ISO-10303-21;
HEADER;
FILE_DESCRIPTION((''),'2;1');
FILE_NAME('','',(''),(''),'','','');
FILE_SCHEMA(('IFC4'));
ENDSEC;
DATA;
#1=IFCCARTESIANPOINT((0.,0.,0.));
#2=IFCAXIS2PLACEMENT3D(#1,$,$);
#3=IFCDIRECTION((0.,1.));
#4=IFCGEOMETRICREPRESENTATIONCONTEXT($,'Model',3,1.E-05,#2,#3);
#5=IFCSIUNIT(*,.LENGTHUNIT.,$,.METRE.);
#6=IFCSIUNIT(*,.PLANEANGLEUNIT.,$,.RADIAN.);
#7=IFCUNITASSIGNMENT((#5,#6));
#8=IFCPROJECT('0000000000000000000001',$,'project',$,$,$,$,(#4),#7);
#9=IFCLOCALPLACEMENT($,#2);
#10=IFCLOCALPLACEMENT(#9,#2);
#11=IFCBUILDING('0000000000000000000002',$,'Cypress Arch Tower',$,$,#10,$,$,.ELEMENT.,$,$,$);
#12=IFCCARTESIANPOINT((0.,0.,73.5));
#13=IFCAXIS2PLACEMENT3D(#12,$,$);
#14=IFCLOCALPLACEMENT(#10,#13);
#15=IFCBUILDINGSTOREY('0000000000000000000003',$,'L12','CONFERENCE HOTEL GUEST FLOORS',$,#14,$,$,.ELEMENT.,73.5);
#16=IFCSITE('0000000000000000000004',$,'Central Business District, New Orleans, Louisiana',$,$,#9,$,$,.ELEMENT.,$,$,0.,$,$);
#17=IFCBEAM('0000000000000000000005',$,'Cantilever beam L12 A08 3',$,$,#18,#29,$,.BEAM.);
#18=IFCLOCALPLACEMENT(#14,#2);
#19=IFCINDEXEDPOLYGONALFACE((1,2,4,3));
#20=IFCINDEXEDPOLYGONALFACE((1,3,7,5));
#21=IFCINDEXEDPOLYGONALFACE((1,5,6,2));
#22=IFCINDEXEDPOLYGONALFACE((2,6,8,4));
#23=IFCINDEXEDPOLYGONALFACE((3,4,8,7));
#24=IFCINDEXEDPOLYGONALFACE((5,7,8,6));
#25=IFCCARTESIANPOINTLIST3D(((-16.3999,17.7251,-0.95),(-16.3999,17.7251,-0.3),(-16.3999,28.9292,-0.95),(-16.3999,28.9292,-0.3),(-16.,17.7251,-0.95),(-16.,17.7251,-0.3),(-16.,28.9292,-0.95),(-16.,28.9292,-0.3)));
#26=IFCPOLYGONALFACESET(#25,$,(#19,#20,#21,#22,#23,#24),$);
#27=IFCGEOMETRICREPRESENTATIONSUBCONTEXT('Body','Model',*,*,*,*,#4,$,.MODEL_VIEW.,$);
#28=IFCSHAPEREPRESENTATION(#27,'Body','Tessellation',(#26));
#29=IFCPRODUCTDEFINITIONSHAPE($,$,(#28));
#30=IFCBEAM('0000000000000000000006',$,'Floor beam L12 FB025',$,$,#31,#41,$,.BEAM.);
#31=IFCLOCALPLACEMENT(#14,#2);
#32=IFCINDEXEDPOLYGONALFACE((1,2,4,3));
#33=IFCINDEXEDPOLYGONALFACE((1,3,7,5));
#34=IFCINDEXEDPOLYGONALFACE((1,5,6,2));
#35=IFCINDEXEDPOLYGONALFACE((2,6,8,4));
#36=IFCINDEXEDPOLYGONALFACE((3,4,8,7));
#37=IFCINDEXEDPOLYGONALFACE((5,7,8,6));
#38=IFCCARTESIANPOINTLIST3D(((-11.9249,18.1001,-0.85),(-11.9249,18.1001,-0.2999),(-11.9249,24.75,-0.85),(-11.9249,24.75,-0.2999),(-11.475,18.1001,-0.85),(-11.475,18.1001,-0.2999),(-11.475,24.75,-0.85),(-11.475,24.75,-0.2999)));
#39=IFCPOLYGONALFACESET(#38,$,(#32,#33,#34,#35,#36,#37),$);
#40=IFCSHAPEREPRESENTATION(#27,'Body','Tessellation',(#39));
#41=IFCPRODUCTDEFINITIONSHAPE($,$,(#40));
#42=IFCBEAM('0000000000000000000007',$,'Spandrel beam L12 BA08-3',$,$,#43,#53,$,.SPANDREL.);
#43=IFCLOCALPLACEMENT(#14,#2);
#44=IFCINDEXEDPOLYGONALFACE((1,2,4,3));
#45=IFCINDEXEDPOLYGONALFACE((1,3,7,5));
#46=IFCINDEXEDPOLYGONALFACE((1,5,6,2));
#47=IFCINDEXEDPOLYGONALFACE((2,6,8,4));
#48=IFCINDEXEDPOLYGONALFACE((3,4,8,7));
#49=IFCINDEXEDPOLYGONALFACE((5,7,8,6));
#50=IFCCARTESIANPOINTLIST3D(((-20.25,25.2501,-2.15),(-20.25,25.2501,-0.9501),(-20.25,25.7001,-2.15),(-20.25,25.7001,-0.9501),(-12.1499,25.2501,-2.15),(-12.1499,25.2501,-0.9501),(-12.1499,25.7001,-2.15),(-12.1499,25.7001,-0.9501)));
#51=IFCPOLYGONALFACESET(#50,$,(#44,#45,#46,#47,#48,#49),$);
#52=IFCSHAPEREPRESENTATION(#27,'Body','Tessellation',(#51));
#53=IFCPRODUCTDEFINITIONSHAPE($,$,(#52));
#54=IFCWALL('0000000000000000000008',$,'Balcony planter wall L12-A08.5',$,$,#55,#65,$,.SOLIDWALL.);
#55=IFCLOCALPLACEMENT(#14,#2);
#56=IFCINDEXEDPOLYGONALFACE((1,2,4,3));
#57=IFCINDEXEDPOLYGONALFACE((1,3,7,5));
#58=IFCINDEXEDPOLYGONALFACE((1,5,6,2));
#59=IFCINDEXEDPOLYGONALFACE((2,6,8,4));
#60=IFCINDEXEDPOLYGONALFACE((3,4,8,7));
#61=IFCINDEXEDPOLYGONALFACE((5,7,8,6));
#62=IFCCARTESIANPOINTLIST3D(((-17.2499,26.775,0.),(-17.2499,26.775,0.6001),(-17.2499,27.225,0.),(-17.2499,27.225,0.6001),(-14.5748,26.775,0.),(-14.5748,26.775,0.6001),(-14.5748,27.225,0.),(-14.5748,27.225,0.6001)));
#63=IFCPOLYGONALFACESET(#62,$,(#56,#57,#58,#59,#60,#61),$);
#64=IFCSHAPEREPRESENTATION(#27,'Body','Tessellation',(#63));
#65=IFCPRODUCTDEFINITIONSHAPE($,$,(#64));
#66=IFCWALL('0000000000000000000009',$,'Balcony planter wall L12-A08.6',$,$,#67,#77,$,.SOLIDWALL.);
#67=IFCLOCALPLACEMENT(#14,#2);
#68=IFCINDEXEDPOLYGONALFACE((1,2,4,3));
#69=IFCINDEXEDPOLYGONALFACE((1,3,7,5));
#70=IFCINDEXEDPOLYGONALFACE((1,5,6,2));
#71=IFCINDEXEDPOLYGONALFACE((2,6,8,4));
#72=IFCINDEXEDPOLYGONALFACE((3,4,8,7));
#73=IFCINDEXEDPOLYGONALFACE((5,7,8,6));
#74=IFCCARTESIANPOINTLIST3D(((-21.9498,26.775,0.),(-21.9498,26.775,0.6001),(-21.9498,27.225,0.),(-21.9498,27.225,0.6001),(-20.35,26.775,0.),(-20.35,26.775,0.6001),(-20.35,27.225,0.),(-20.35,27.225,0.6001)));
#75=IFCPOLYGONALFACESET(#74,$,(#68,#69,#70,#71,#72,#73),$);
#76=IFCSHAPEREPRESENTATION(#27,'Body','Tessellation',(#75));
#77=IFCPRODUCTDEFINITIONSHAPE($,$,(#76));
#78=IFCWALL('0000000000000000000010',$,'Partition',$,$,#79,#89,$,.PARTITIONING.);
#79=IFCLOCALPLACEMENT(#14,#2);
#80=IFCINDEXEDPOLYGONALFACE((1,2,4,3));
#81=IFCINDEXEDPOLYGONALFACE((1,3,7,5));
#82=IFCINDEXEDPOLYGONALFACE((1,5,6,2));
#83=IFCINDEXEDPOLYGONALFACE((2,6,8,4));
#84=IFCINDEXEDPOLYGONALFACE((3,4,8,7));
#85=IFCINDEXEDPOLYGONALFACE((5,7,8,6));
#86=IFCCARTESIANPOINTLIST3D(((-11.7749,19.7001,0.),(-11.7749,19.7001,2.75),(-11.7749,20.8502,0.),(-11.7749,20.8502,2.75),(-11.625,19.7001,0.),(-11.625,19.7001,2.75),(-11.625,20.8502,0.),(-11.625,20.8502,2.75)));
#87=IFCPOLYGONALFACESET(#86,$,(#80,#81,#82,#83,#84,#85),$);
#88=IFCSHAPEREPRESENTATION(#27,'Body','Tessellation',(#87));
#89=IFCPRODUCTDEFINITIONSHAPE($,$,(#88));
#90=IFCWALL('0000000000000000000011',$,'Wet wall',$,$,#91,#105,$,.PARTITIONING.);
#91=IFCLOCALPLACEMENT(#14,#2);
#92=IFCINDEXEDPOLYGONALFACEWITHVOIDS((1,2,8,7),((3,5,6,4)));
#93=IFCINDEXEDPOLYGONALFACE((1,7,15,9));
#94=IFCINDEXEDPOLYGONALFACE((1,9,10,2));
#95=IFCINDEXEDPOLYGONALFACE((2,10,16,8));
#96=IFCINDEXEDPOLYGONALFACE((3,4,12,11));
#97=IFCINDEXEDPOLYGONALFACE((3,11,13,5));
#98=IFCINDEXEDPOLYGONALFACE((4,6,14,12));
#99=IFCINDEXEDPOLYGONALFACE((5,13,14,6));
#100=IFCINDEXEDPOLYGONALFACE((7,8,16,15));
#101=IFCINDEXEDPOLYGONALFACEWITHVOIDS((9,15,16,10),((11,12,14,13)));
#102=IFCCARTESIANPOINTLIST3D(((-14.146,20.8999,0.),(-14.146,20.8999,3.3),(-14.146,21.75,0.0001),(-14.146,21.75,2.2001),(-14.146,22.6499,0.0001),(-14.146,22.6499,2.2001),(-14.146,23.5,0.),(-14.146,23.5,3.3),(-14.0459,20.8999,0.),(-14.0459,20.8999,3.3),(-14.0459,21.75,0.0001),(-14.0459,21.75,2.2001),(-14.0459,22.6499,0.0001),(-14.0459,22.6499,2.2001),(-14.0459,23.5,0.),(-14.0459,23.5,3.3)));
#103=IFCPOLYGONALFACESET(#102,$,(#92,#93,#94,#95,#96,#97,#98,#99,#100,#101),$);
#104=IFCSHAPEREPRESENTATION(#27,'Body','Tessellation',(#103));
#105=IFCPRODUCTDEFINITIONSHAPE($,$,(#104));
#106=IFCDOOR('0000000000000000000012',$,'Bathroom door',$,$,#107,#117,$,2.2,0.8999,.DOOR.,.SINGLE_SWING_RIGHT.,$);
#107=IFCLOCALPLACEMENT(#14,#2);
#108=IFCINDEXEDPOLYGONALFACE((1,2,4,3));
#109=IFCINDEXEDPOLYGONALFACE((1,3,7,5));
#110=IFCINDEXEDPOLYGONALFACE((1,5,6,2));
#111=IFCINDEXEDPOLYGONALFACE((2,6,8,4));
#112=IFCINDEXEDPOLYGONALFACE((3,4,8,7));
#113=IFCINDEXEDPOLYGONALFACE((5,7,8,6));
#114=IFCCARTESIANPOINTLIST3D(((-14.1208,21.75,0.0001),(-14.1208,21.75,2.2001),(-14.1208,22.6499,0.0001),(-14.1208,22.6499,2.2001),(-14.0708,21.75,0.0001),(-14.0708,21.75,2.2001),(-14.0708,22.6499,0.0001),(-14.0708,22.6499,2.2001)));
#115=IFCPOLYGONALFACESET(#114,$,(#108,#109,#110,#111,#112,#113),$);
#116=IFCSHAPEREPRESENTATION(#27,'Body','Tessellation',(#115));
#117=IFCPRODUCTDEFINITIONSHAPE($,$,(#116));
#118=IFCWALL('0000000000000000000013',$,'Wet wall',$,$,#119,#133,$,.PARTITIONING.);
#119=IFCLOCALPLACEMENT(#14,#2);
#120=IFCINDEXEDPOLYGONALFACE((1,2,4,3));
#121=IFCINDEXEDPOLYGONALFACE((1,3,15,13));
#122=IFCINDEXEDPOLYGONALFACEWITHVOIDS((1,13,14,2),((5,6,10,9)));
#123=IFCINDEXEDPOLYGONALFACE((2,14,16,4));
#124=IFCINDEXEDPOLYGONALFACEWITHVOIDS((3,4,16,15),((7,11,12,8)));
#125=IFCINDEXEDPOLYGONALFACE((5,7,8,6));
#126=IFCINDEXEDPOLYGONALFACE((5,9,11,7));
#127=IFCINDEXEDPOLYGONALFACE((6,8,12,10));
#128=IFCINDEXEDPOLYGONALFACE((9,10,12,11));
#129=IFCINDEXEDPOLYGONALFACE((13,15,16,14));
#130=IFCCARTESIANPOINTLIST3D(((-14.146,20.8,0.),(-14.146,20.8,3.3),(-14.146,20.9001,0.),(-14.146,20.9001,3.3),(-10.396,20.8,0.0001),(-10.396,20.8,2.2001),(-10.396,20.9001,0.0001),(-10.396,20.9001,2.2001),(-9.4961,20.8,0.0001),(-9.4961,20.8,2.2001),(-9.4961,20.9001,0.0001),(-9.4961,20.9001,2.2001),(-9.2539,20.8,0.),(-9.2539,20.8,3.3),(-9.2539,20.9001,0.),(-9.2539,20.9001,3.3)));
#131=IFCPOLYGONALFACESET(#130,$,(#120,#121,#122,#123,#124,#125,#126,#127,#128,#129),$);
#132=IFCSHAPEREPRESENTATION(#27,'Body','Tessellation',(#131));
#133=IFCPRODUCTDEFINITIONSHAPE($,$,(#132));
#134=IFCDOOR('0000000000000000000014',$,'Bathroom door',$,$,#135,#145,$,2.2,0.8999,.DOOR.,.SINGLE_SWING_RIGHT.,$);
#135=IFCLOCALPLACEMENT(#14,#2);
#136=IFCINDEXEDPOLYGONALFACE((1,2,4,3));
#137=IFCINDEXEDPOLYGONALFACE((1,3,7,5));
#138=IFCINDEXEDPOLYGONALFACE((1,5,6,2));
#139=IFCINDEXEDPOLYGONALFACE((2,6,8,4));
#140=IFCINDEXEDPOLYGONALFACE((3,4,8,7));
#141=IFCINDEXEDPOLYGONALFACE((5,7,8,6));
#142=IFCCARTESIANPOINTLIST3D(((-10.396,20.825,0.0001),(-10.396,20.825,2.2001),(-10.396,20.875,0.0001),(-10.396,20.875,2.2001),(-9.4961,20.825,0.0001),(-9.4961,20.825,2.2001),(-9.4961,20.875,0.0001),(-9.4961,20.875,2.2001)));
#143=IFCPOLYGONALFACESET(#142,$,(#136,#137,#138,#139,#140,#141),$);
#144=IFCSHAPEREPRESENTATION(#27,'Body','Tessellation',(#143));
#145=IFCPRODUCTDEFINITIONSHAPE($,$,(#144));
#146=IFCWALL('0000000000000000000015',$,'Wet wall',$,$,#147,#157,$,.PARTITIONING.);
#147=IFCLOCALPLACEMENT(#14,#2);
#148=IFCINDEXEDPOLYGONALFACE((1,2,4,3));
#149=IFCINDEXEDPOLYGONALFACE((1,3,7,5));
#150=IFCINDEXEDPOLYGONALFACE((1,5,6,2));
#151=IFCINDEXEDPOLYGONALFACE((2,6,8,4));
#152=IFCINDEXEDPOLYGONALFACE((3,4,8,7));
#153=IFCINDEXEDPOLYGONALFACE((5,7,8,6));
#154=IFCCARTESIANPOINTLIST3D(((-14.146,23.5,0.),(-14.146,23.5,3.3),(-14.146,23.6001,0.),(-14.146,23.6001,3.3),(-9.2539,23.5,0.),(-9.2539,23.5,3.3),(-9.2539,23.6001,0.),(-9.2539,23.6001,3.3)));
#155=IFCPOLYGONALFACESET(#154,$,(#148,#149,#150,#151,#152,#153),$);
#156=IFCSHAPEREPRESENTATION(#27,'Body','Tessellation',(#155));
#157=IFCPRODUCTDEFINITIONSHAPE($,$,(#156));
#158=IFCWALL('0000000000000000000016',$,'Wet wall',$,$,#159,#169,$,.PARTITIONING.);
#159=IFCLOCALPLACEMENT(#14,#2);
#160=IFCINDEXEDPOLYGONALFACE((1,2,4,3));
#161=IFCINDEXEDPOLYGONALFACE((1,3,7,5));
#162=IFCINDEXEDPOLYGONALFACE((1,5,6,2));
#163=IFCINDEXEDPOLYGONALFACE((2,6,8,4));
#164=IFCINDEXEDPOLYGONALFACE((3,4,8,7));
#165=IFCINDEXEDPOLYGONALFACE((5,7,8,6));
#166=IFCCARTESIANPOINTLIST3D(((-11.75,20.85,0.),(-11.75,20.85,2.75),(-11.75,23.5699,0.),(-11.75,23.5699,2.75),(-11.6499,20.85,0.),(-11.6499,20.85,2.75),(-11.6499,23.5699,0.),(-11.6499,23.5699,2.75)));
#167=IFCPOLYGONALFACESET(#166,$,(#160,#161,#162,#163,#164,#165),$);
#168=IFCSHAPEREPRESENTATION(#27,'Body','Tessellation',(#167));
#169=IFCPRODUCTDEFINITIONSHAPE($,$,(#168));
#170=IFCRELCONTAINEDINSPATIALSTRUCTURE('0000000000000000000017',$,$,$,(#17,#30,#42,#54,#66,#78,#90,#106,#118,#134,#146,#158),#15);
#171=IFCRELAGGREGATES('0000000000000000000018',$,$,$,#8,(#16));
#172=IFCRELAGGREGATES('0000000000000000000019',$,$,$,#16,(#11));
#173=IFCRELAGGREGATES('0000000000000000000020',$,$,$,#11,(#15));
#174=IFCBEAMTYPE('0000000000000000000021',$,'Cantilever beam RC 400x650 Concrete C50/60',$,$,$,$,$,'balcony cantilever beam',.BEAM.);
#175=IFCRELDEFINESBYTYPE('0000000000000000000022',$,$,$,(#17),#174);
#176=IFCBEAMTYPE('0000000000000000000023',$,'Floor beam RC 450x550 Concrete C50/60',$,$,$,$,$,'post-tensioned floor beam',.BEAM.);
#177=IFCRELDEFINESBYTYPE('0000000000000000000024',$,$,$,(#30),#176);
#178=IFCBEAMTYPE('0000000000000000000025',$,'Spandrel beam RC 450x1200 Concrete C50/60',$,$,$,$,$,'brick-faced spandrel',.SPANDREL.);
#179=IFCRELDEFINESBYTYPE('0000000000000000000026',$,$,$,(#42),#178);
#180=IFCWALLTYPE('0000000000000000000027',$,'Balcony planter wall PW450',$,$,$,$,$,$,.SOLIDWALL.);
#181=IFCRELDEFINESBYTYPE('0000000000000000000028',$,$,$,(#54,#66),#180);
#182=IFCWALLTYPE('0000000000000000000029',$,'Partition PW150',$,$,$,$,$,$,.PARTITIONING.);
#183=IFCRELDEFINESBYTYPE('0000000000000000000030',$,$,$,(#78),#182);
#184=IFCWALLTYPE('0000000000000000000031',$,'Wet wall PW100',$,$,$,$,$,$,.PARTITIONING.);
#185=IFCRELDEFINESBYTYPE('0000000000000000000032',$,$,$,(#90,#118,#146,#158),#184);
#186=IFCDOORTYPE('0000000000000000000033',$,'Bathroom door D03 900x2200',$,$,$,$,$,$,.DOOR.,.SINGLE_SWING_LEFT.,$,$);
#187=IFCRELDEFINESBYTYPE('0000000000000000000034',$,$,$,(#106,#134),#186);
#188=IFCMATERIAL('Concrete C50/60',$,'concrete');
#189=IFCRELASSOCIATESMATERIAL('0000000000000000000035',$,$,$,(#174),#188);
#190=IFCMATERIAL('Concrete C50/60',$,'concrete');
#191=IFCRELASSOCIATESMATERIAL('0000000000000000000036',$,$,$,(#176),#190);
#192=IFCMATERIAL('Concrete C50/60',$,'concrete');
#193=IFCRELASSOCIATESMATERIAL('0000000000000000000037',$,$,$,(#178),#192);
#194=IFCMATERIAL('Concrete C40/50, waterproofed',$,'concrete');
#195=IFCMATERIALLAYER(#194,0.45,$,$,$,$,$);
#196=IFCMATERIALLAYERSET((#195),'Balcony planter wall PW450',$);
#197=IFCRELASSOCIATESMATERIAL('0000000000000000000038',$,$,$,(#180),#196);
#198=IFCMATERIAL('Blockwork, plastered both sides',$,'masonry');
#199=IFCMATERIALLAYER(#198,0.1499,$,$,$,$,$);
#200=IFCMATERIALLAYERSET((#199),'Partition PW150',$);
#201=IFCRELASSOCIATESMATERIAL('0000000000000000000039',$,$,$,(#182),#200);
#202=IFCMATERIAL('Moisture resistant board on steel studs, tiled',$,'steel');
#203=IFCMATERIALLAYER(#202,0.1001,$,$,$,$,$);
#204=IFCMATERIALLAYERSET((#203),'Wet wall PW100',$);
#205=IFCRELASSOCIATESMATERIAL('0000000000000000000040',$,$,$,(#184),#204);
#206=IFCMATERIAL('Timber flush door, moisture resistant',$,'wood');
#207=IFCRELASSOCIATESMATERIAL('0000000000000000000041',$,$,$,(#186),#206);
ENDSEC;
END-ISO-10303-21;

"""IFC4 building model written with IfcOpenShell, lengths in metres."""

from ifc_helpers import new_model, si_unit, direction, frame, frame_2d, origin, origin_2d, place, context, subcontext, project, spatial, rectangle, extrude, material, layer, layer_set, material_profile, profile_set, type_object, element, fill, save


model = new_model("IFC4")

# Units and contexts
model_context = context("Model", 3, precision=1e-05, world=origin(), true_north=direction((0.0, 1.0)))
body_context = subcontext(model_context, "Body", "Model", "MODEL_VIEW")
ifc_project = project(units=[si_unit("LENGTHUNIT", "METRE"), si_unit("PLANEANGLEUNIT", "RADIAN")], contexts=[model_context])

# Site, building, storey
site_placement = place(None, origin())
site = spatial("IfcSite", under=ifc_project, at=site_placement, Name="Central Business District, New Orleans, Louisiana", CompositionType="ELEMENT", RefElevation=0.0)
building_placement = place(site_placement, origin())
building = spatial("IfcBuilding", under=site, at=building_placement, Name="Cypress Arch Tower", CompositionType="ELEMENT")
storey_placement = place(building_placement, frame((0.0, 0.0, 73.5)))
storey = spatial("IfcBuildingStorey", under=building, at=storey_placement, Name="L12", Description="CONFERENCE HOTEL GUEST FLOORS", CompositionType="ELEMENT", Elevation=73.5)

# Beams
ifc_material_1 = material(Name="Concrete C50/60", Category="concrete")
ifc_material_profile_1 = material_profile(ifc_material_1, rectangle(XDim=0.3999, YDim=0.6499, at=origin_2d()), Name="RC 400x650")
ifc_profile_set_1 = profile_set([ifc_material_profile_1], Name="Concrete C50/60")
beam_type_1 = type_object("IfcBeamType", Name="Cantilever beam RC 400x650 Concrete C50/60", ElementType="balcony cantilever beam", PredefinedType="BEAM", material=ifc_profile_set_1)
beam_1_placement = place(storey_placement, frame((-16.2, 17.7251, -0.625), z_axis=(0.0, 1.0, 0.0), x_axis=(-1.0, 0.0, 0.0)))
element("IfcBeam", 1, at=beam_1_placement, inside=storey, type_object=beam_type_1, Name="Cantilever beam L12 A08 3", PredefinedType="BEAM", context=body_context, shape_type="SweptSolid", body=[
    extrude(rectangle(XDim=0.3999, YDim=0.6499, at=origin_2d()), origin(), (0.0, 0.0, 1.0), 11.2041),
])
ifc_material_2 = material(Name="Concrete C50/60", Category="concrete")
ifc_material_profile_2 = material_profile(ifc_material_2, rectangle(XDim=0.45, YDim=0.55, at=origin_2d()), Name="RC 450x550")
ifc_profile_set_2 = profile_set([ifc_material_profile_2], Name="Concrete C50/60")
beam_type_2 = type_object("IfcBeamType", Name="Floor beam RC 450x550 Concrete C50/60", ElementType="post-tensioned floor beam", PredefinedType="BEAM", material=ifc_profile_set_2)
beam_2_placement = place(storey_placement, frame((-11.7, 18.1001, -0.575), z_axis=(0.0, 1.0, 0.0), x_axis=(-1.0, 0.0, 0.0)))
element("IfcBeam", 2, at=beam_2_placement, inside=storey, type_object=beam_type_2, Name="Floor beam L12 FB025", PredefinedType="BEAM", context=body_context, shape_type="SweptSolid", body=[
    extrude(rectangle(XDim=0.45, YDim=0.55, at=origin_2d()), origin(), (0.0, 0.0, 1.0), 6.6499),
])
ifc_material_3 = material(Name="Concrete C50/60", Category="concrete")
ifc_material_profile_3 = material_profile(ifc_material_3, rectangle(XDim=0.45, YDim=1.2, at=origin_2d()), Name="RC 450x1200")
ifc_profile_set_3 = profile_set([ifc_material_profile_3], Name="Concrete C50/60")
beam_type_3 = type_object("IfcBeamType", Name="Spandrel beam RC 450x1200 Concrete C50/60", ElementType="brick-faced spandrel", PredefinedType="SPANDREL", material=ifc_profile_set_3)
beam_3_placement = place(storey_placement, frame((-12.1499, 25.4751, -1.55), z_axis=(-1.0, 0.0, 0.0), x_axis=(0.0, -1.0, 0.0)))
element("IfcBeam", 3, at=beam_3_placement, inside=storey, type_object=beam_type_3, Name="Spandrel beam L12 BA08-3", PredefinedType="SPANDREL", context=body_context, shape_type="SweptSolid", body=[
    extrude(rectangle(XDim=0.45, YDim=1.2, at=origin_2d()), origin(), (0.0, 0.0, 1.0), 8.1001),
])

# Walls
ifc_material_4 = material(Name="Concrete C40/50, waterproofed", Category="concrete")
ifc_layer_1 = layer(ifc_material_4, 0.45)
ifc_layer_set_1 = layer_set([ifc_layer_1], Name="Balcony planter wall PW450")
wall_type_1 = type_object("IfcWallType", Name="Balcony planter wall PW450", PredefinedType="SOLIDWALL", material=ifc_layer_set_1)
wall_1_placement = place(storey_placement, frame((-14.575, 27.0, 0.0), z_axis=(0.0, 0.0, 1.0), x_axis=(-1.0, 0.0, 0.0)))
element("IfcWall", 4, at=wall_1_placement, inside=storey, type_object=wall_type_1, Name="Balcony planter wall L12-A08.5", PredefinedType="SOLIDWALL", context=body_context, shape_type="SweptSolid", body=[
    extrude(rectangle(XDim=2.675, YDim=0.45, at=frame_2d((1.3374, 0.0))), origin(), (0.0, 0.0, 1.0), 0.6001),
])
wall_2_placement = place(storey_placement, frame((-20.3501, 27.0, 0.0), z_axis=(0.0, 0.0, 1.0), x_axis=(-1.0, 0.0, 0.0)))
element("IfcWall", 5, at=wall_2_placement, inside=storey, type_object=wall_type_1, Name="Balcony planter wall L12-A08.6", PredefinedType="SOLIDWALL", context=body_context, shape_type="SweptSolid", body=[
    extrude(rectangle(XDim=1.5999, YDim=0.45, at=frame_2d((0.7998, 0.0))), origin(), (0.0, 0.0, 1.0), 0.6001),
])

# Wall
ifc_material_5 = material(Name="Blockwork, plastered both sides", Category="masonry")
ifc_layer_2 = layer(ifc_material_5, 0.1499)
ifc_layer_set_2 = layer_set([ifc_layer_2], Name="Partition PW150")
wall_type_2 = type_object("IfcWallType", Name="Partition PW150", PredefinedType="PARTITIONING", material=ifc_layer_set_2)
wall_3_placement = place(storey_placement, frame((-11.7, 19.7, 0.0), z_axis=(0.0, 0.0, 1.0), x_axis=(0.0, 1.0, 0.0)))
element("IfcWall", 6, at=wall_3_placement, inside=storey, type_object=wall_type_2, Name="Partition", PredefinedType="PARTITIONING", context=body_context, shape_type="SweptSolid", body=[
    extrude(rectangle(XDim=1.1501, YDim=0.1499, at=frame_2d((0.5752, 0.0))), origin(), (0.0, 0.0, 1.0), 2.75),
])

# Walls, openings, doors
ifc_material_6 = material(Name="Moisture resistant board on steel studs, tiled", Category="steel")
ifc_layer_3 = layer(ifc_material_6, 0.1001)
ifc_layer_set_3 = layer_set([ifc_layer_3], Name="Wet wall PW100")
wall_type_3 = type_object("IfcWallType", Name="Wet wall PW100", PredefinedType="PARTITIONING", material=ifc_layer_set_3)
wall_4_placement = place(storey_placement, frame((-14.0959, 20.8999, 0.0), z_axis=(0.0, 0.0, 1.0), x_axis=(0.0, 1.0, 0.0)))
wall_4 = element("IfcWall", 7, at=wall_4_placement, inside=storey, type_object=wall_type_3, Name="Wet wall", PredefinedType="PARTITIONING", context=body_context, shape_type="SweptSolid", body=[
    extrude(rectangle(XDim=2.6001, YDim=0.1001, at=frame_2d((1.3, 0.0))), origin(), (0.0, 0.0, 1.0), 3.3),
])
opening_1_placement = place(wall_4_placement, frame((0.8501, 0.0, 0.0)))
opening_1 = element("IfcOpeningElement", 8, at=opening_1_placement, cuts=wall_4, PredefinedType="OPENING", context=body_context, shape_type="SweptSolid", body=[
    extrude(rectangle(XDim=0.8999, YDim=2.2, at=frame_2d((0.45, 1.1001))), frame((0.0, 0.0601, 0.0), z_axis=(0.0, -1.0, 0.0), x_axis=(1.0, 0.0, 0.0)), (0.0, 0.0, 1.0), 0.1201),
])
ifc_material_7 = material(Name="Timber flush door, moisture resistant", Category="wood")
door_type_1 = type_object("IfcDoorType", Name="Bathroom door D03 900x2200", OperationType="SINGLE_SWING_LEFT", PredefinedType="DOOR", material=ifc_material_7)
door_1_placement = place(opening_1_placement, origin())
door_1 = element("IfcDoor", 9, at=door_1_placement, inside=storey, type_object=door_type_1, Name="Bathroom door", OperationType="SINGLE_SWING_RIGHT", OverallHeight=2.2, OverallWidth=0.8999, PredefinedType="DOOR", context=body_context, shape_type="SweptSolid", body=[
    extrude(rectangle(XDim=0.8999, YDim=2.2, at=frame_2d((0.45, 1.1001))), frame((0.0, 0.0249, 0.0), z_axis=(0.0, -1.0, 0.0), x_axis=(1.0, 0.0, 0.0)), (0.0, 0.0, 1.0), 0.05),
])
fill(opening_1, door_1)
wall_5_placement = place(storey_placement, frame((-14.146, 20.8501, 0.0), z_axis=(0.0, 0.0, 1.0), x_axis=(1.0, 0.0, 0.0)))
wall_5 = element("IfcWall", 10, at=wall_5_placement, inside=storey, type_object=wall_type_3, Name="Wet wall", PredefinedType="PARTITIONING", context=body_context, shape_type="SweptSolid", body=[
    extrude(rectangle(XDim=4.8921, YDim=0.1001, at=frame_2d((2.446, 0.0))), origin(), (0.0, 0.0, 1.0), 3.3),
])
opening_2_placement = place(wall_5_placement, frame((3.75, 0.0, 0.0)))
opening_2 = element("IfcOpeningElement", 11, at=opening_2_placement, cuts=wall_5, PredefinedType="OPENING", context=body_context, shape_type="SweptSolid", body=[
    extrude(rectangle(XDim=0.8999, YDim=2.2, at=frame_2d((0.45, 1.1001))), frame((0.0, 0.0601, 0.0), z_axis=(0.0, -1.0, 0.0), x_axis=(1.0, 0.0, 0.0)), (0.0, 0.0, 1.0), 0.1201),
])
door_2_placement = place(opening_2_placement, origin())
door_2 = element("IfcDoor", 12, at=door_2_placement, inside=storey, type_object=door_type_1, Name="Bathroom door", OperationType="SINGLE_SWING_RIGHT", OverallHeight=2.2, OverallWidth=0.8999, PredefinedType="DOOR", context=body_context, shape_type="SweptSolid", body=[
    extrude(rectangle(XDim=0.8999, YDim=2.2, at=frame_2d((0.45, 1.1001))), frame((0.0, 0.0249, 0.0), z_axis=(0.0, -1.0, 0.0), x_axis=(1.0, 0.0, 0.0)), (0.0, 0.0, 1.0), 0.05),
])
fill(opening_2, door_2)

# Walls
wall_6_placement = place(storey_placement, frame((-14.146, 23.55, 0.0), z_axis=(0.0, 0.0, 1.0), x_axis=(1.0, 0.0, 0.0)))
element("IfcWall", 13, at=wall_6_placement, inside=storey, type_object=wall_type_3, Name="Wet wall", PredefinedType="PARTITIONING", context=body_context, shape_type="SweptSolid", body=[
    extrude(rectangle(XDim=4.8921, YDim=0.1001, at=frame_2d((2.446, 0.0))), origin(), (0.0, 0.0, 1.0), 3.3),
])
wall_7_placement = place(storey_placement, frame((-11.7, 20.8501, 0.0), z_axis=(0.0, 0.0, 1.0), x_axis=(0.0, 1.0, 0.0)))
element("IfcWall", 14, at=wall_7_placement, inside=storey, type_object=wall_type_3, Name="Wet wall", PredefinedType="PARTITIONING", context=body_context, shape_type="SweptSolid", body=[
    extrude(rectangle(XDim=2.72, YDim=0.1001, at=frame_2d((1.3599, 0.0))), origin(), (0.0, 0.0, 1.0), 2.75),
])

save(model, "model.ifc")
